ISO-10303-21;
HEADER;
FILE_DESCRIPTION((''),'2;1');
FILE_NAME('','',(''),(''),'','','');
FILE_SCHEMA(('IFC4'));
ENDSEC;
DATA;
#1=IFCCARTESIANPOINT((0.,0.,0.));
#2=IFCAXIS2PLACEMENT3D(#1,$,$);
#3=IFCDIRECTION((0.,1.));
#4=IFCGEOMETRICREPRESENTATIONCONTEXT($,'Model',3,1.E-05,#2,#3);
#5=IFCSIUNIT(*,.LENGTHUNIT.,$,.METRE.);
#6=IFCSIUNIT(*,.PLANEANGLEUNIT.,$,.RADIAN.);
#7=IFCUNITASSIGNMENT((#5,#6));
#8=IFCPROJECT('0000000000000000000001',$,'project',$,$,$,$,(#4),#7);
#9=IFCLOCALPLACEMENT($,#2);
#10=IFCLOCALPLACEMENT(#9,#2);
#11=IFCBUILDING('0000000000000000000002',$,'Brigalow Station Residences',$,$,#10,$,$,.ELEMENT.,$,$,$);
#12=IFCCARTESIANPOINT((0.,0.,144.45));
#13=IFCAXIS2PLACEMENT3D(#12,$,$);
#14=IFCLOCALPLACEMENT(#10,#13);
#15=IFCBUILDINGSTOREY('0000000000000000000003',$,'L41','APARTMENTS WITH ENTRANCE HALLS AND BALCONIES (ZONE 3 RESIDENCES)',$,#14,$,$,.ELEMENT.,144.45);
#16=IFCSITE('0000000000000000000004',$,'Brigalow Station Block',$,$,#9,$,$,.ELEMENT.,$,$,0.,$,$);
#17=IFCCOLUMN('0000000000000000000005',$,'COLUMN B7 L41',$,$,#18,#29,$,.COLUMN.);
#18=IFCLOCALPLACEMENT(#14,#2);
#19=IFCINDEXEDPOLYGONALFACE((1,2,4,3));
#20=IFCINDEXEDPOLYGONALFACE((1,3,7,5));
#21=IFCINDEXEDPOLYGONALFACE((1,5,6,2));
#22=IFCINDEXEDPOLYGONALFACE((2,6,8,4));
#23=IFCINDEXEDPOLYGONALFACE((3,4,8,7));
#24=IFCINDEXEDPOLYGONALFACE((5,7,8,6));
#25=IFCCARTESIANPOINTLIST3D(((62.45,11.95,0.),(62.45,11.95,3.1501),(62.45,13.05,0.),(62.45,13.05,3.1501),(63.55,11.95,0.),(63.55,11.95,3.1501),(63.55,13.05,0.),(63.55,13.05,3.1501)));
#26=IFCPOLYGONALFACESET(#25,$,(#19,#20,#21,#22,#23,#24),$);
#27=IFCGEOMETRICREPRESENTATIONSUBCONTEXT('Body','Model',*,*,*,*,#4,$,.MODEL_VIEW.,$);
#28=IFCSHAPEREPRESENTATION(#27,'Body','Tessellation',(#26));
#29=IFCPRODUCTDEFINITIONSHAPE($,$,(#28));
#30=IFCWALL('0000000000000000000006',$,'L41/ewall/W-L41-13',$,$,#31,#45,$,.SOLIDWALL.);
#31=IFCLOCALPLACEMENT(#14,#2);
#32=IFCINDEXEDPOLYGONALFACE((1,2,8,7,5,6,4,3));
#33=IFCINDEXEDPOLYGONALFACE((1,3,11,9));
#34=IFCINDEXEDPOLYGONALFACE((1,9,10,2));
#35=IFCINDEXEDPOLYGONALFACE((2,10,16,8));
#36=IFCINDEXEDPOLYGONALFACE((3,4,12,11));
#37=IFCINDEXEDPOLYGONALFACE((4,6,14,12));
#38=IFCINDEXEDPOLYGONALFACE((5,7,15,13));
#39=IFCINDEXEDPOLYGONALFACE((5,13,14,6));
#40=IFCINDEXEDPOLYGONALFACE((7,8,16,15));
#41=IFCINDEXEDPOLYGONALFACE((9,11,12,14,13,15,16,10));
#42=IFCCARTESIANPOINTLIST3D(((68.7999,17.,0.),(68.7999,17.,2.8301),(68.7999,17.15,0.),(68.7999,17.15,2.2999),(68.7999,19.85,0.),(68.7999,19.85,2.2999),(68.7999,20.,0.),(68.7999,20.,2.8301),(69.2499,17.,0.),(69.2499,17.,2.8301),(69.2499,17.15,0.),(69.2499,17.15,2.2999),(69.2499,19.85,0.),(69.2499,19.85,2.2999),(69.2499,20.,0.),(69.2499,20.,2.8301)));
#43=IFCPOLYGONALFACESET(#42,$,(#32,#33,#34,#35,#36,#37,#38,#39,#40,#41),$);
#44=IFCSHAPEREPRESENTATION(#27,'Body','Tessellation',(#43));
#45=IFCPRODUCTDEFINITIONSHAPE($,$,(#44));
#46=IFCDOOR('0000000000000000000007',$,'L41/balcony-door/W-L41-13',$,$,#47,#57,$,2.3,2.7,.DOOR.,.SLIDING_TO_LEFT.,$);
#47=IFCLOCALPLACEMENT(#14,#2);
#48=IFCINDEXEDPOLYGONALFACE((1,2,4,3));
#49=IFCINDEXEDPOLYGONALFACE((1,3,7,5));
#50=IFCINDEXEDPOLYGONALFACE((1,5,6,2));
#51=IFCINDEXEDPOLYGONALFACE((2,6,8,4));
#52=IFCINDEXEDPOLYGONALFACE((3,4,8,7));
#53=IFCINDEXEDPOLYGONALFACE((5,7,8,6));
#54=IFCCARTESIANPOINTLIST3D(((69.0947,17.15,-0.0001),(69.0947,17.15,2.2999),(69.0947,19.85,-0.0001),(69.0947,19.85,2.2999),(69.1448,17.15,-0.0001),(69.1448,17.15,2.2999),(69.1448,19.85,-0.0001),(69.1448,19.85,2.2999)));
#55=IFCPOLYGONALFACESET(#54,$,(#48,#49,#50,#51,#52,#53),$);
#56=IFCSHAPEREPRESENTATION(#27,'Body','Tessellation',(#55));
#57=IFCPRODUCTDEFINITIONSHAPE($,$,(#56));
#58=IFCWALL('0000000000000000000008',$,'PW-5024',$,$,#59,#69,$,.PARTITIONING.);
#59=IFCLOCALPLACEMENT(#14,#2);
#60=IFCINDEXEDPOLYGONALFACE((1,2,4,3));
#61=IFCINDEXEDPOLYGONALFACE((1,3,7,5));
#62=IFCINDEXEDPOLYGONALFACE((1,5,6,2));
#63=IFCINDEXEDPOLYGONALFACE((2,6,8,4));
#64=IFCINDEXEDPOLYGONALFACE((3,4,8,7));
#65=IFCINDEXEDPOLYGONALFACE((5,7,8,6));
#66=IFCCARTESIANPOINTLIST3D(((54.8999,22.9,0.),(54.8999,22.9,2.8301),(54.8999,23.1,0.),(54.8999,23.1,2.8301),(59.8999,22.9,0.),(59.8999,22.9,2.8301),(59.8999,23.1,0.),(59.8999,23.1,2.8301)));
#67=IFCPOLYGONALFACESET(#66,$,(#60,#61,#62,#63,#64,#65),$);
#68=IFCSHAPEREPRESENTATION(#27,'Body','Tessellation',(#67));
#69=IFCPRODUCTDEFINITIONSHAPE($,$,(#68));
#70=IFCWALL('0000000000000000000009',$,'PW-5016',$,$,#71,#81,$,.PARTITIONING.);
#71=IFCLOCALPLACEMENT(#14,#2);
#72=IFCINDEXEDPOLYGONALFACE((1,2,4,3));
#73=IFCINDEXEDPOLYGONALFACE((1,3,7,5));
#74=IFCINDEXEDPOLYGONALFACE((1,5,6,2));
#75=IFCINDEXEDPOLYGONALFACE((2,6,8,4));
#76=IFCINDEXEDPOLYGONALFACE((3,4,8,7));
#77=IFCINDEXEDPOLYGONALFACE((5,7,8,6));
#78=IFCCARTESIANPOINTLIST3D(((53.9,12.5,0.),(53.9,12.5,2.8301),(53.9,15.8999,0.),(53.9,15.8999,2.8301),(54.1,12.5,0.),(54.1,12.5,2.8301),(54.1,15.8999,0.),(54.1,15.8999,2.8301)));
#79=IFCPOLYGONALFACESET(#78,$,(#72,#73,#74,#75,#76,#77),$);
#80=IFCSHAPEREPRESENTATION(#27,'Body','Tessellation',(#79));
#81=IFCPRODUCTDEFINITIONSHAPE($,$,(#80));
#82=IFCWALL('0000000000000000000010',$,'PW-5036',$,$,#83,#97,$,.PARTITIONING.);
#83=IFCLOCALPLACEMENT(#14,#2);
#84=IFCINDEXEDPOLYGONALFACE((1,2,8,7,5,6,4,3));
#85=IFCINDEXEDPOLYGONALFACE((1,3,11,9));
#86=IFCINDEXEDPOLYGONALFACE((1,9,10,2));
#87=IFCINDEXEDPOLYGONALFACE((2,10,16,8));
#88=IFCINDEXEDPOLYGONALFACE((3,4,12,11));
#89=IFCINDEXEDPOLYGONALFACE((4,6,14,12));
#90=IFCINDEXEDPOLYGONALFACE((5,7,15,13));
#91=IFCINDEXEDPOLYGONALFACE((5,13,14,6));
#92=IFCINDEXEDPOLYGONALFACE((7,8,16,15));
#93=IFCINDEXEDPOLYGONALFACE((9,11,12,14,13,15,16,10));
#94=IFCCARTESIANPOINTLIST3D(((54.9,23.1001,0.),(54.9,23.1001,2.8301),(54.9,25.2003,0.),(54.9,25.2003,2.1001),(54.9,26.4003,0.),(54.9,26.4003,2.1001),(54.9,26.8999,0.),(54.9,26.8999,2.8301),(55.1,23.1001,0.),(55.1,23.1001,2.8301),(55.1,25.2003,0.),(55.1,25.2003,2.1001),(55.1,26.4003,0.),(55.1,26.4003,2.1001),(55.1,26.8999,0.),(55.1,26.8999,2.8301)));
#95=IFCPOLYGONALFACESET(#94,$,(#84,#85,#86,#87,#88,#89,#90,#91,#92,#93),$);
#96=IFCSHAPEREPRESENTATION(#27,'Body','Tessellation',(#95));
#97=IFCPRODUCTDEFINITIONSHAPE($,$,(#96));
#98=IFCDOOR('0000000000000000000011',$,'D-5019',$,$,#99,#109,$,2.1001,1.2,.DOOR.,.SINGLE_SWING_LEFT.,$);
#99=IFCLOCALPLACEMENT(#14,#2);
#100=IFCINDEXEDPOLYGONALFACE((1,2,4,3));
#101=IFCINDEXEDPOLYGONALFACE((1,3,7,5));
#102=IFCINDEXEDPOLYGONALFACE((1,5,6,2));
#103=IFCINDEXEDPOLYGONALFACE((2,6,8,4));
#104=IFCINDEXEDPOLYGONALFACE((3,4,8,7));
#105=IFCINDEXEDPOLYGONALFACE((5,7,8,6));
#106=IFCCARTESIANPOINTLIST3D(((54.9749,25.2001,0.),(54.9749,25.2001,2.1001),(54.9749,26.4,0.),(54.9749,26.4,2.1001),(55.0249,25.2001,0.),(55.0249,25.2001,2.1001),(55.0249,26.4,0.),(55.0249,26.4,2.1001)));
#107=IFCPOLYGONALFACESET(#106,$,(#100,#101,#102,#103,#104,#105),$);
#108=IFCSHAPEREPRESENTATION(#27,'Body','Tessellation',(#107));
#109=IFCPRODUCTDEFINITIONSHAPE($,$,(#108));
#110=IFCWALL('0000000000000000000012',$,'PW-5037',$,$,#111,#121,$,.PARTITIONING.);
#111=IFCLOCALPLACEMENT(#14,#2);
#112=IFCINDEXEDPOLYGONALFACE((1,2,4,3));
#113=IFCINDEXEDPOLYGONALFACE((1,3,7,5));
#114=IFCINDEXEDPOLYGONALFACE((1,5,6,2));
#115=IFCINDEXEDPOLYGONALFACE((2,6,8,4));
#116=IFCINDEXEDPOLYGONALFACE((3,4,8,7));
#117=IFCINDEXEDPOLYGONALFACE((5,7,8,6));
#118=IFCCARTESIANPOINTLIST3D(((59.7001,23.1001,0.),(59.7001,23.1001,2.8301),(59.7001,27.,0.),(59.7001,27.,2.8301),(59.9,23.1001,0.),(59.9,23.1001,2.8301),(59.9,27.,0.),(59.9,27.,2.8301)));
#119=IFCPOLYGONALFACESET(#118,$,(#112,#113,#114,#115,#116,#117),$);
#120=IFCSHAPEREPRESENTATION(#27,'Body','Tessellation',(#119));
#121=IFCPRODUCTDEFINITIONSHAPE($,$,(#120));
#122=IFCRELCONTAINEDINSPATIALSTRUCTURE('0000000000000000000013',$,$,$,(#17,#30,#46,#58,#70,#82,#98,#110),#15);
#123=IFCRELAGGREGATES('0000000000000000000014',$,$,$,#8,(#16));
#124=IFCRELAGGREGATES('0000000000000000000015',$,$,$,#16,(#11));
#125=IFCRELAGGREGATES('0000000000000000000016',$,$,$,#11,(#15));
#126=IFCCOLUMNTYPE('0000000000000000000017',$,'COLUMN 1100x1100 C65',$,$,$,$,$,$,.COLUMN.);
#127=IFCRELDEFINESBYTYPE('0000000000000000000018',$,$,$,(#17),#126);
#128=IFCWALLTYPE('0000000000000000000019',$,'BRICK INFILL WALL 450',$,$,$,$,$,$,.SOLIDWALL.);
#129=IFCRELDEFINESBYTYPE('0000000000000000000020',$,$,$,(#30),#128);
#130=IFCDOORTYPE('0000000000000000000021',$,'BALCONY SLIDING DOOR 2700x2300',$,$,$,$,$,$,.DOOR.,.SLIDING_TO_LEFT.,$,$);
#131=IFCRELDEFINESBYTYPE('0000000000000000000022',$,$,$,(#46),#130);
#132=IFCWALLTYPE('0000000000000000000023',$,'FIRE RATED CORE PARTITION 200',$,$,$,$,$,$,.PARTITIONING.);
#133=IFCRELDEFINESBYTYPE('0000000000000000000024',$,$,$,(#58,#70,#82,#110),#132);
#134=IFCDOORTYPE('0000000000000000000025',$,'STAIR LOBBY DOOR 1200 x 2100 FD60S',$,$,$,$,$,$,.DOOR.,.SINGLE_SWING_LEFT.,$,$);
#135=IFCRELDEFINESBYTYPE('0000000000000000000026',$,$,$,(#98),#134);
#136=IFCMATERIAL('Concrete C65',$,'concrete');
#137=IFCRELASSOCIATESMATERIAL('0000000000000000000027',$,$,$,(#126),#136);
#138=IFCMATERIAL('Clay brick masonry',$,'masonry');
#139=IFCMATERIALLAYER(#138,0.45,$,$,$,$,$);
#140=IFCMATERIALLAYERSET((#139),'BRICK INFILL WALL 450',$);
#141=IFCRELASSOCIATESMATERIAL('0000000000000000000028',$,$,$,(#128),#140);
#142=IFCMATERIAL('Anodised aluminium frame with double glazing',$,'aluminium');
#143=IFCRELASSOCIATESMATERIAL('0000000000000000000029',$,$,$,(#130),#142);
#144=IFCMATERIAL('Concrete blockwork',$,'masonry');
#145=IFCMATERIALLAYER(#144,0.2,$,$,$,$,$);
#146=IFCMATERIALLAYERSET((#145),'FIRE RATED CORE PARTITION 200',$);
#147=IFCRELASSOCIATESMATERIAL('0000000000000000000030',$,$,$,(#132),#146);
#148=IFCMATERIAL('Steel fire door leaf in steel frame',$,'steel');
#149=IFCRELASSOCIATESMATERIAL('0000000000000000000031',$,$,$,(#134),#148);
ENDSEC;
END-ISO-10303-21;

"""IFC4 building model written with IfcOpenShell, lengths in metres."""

from ifc_helpers import new_model, si_unit, direction, frame, frame_2d, origin, origin_2d, place, context, subcontext, project, spatial, rectangle, extrude, material, layer, layer_set, material_profile, profile_set, type_object, element, fill, save


model = new_model("IFC4")

# Units and contexts
model_context = context("Model", 3, precision=1e-05, world=origin(), true_north=direction((0.0, 1.0)))
body_context = subcontext(model_context, "Body", "Model", "MODEL_VIEW")
ifc_project = project(units=[si_unit("LENGTHUNIT", "METRE"), si_unit("PLANEANGLEUNIT", "RADIAN")], contexts=[model_context])

# Site, building, storey
site_placement = place(None, origin())
site = spatial("IfcSite", under=ifc_project, at=site_placement, Name="Brigalow Station Block", CompositionType="ELEMENT", RefElevation=0.0)
building_placement = place(site_placement, origin())
building = spatial("IfcBuilding", under=site, at=building_placement, Name="Brigalow Station Residences", CompositionType="ELEMENT")
storey_placement = place(building_placement, frame((0.0, 0.0, 144.45)))
storey = spatial("IfcBuildingStorey", under=building, at=storey_placement, Name="L41", Description="APARTMENTS WITH ENTRANCE HALLS AND BALCONIES (ZONE 3 RESIDENCES)", CompositionType="ELEMENT", Elevation=144.45)

# Column
ifc_material_1 = material(Name="Concrete C65", Category="concrete")
ifc_material_profile = material_profile(ifc_material_1, rectangle(XDim=1.1001, YDim=1.1001, at=origin_2d()), Name="RC1100x1100")
ifc_profile_set = profile_set([ifc_material_profile], Name="Concrete C65")
column_type = type_object("IfcColumnType", Name="COLUMN 1100x1100 C65", PredefinedType="COLUMN", material=ifc_profile_set)
column_placement = place(storey_placement, frame((63.0, 12.5, 0.0), z_axis=(0.0, 0.0, 1.0), x_axis=(1.0, 0.0, 0.0)))
element("IfcColumn", 1, at=column_placement, inside=storey, type_object=column_type, Name="COLUMN B7 L41", PredefinedType="COLUMN", context=body_context, shape_type="SweptSolid", body=[
    extrude(rectangle(XDim=1.1001, YDim=1.1001, at=origin_2d()), origin(), (0.0, 0.0, 1.0), 3.1501),
])

# Wall, opening, door
ifc_material_2 = material(Name="Clay brick masonry", Category="masonry")
ifc_layer_1 = layer(ifc_material_2, 0.45)
ifc_layer_set_1 = layer_set([ifc_layer_1], Name="BRICK INFILL WALL 450")
wall_type_1 = type_object("IfcWallType", Name="BRICK INFILL WALL 450", PredefinedType="SOLIDWALL", material=ifc_layer_set_1)
wall_1_placement = place(storey_placement, frame((69.0249, 17.0, 0.0), z_axis=(0.0, 0.0, 1.0), x_axis=(0.0, 1.0, 0.0)))
wall_1 = element("IfcWall", 2, at=wall_1_placement, inside=storey, type_object=wall_type_1, Name="L41/ewall/W-L41-13", PredefinedType="SOLIDWALL", context=body_context, shape_type="SweptSolid", body=[
    extrude(rectangle(XDim=3.0, YDim=0.45, at=frame_2d((1.5, 0.0))), origin(), (0.0, 0.0, 1.0), 2.8301),
])
opening_1_placement = place(wall_1_placement, frame((0.1499, 0.0, 0.0)))
opening_1 = element("IfcOpeningElement", 3, at=opening_1_placement, cuts=wall_1, PredefinedType="OPENING", context=body_context, shape_type="SweptSolid", body=[
    extrude(rectangle(XDim=2.7, YDim=2.3, at=frame_2d((1.3501, 1.1499))), frame((0.0, 0.2349, 0.0), z_axis=(0.0, -1.0, 0.0), x_axis=(1.0, 0.0, 0.0)), (0.0, 0.0, 1.0), 0.47),
])
ifc_material_3 = material(Name="Anodised aluminium frame with double glazing", Category="aluminium")
door_type_1 = type_object("IfcDoorType", Name="BALCONY SLIDING DOOR 2700x2300", OperationType="SLIDING_TO_LEFT", PredefinedType="DOOR", material=ifc_material_3)
door_1_placement = place(opening_1_placement, origin())
door_1 = element("IfcDoor", 4, at=door_1_placement, inside=storey, type_object=door_type_1, Name="L41/balcony-door/W-L41-13", OperationType="SLIDING_TO_LEFT", OverallHeight=2.3, OverallWidth=2.7, PredefinedType="DOOR", context=body_context, shape_type="SweptSolid", body=[
    extrude(rectangle(XDim=2.7, YDim=2.3, at=frame_2d((1.3501, 1.1499))), frame((0.0, -0.0698, 0.0), z_axis=(0.0, -1.0, 0.0), x_axis=(1.0, 0.0, 0.0)), (0.0, 0.0, 1.0), 0.05),
])
fill(opening_1, door_1)

# Walls
ifc_material_4 = material(Name="Concrete blockwork", Category="masonry")
ifc_layer_2 = layer(ifc_material_4, 0.2)
ifc_layer_set_2 = layer_set([ifc_layer_2], Name="FIRE RATED CORE PARTITION 200")
wall_type_2 = type_object("IfcWallType", Name="FIRE RATED CORE PARTITION 200", PredefinedType="PARTITIONING", material=ifc_layer_set_2)
wall_2_placement = place(storey_placement, frame((54.8999, 23.0, 0.0), z_axis=(0.0, 0.0, 1.0), x_axis=(1.0, 0.0, 0.0)))
element("IfcWall", 5, at=wall_2_placement, inside=storey, type_object=wall_type_2, Name="PW-5024", PredefinedType="PARTITIONING", context=body_context, shape_type="SweptSolid", body=[
    extrude(rectangle(XDim=5.0, YDim=0.2, at=frame_2d((2.5, 0.0))), origin(), (0.0, 0.0, 1.0), 2.8301),
])
wall_3_placement = place(storey_placement, frame((54.0, 12.5, 0.0), z_axis=(0.0, 0.0, 1.0), x_axis=(0.0, 1.0, 0.0)))
element("IfcWall", 6, at=wall_3_placement, inside=storey, type_object=wall_type_2, Name="PW-5016", PredefinedType="PARTITIONING", context=body_context, shape_type="SweptSolid", body=[
    extrude(rectangle(XDim=3.3999, YDim=0.2, at=frame_2d((1.7, 0.0))), origin(), (0.0, 0.0, 1.0), 2.8301),
])

# Wall, opening, door
wall_4_placement = place(storey_placement, frame((55.0, 23.1001, 0.0), z_axis=(0.0, 0.0, 1.0), x_axis=(0.0, 1.0, 0.0)))
wall_4 = element("IfcWall", 7, at=wall_4_placement, inside=storey, type_object=wall_type_2, Name="PW-5036", PredefinedType="PARTITIONING", context=body_context, shape_type="SweptSolid", body=[
    extrude(rectangle(XDim=3.7998, YDim=0.2, at=frame_2d((1.8999, 0.0))), origin(), (0.0, 0.0, 1.0), 2.8301),
])
opening_2_placement = place(wall_4_placement, frame((2.1001, 0.0, 0.0)))
opening_2 = element("IfcOpeningElement", 8, at=opening_2_placement, cuts=wall_4, PredefinedType="OPENING", context=body_context, shape_type="SweptSolid", body=[
    extrude(rectangle(XDim=1.2, YDim=2.1001, at=frame_2d((0.6001, 1.05))), frame((0.0, 0.1099, 0.0), z_axis=(0.0, -1.0, 0.0), x_axis=(1.0, 0.0, 0.0)), (0.0, 0.0, 1.0), 0.22),
])
ifc_material_5 = material(Name="Steel fire door leaf in steel frame", Category="steel")
door_type_2 = type_object("IfcDoorType", Name="STAIR LOBBY DOOR 1200 x 2100 FD60S", OperationType="SINGLE_SWING_LEFT", PredefinedType="DOOR", material=ifc_material_5)
door_2_placement = place(opening_2_placement, frame((1.2, 0.0, 0.0), z_axis=(0.0, 0.0, 1.0), x_axis=(-1.0, 0.0, 0.0)))
door_2 = element("IfcDoor", 9, at=door_2_placement, inside=storey, type_object=door_type_2, Name="D-5019", OperationType="SINGLE_SWING_LEFT", OverallHeight=2.1001, OverallWidth=1.2, PredefinedType="DOOR", context=body_context, shape_type="SweptSolid", body=[
    extrude(rectangle(XDim=1.2, YDim=2.1001, at=frame_2d((0.6001, 1.05))), frame((0.0, 0.0249, 0.0), z_axis=(0.0, -1.0, 0.0), x_axis=(1.0, 0.0, 0.0)), (0.0, 0.0, 1.0), 0.05),
])
fill(opening_2, door_2)

# Wall
wall_5_placement = place(storey_placement, frame((59.8, 23.1001, 0.0), z_axis=(0.0, 0.0, 1.0), x_axis=(0.0, 1.0, 0.0)))
element("IfcWall", 10, at=wall_5_placement, inside=storey, type_object=wall_type_2, Name="PW-5037", PredefinedType="PARTITIONING", context=body_context, shape_type="SweptSolid", body=[
    extrude(rectangle(XDim=3.8999, YDim=0.2, at=frame_2d((1.95, 0.0))), origin(), (0.0, 0.0, 1.0), 2.8301),
])

save(model, "model.ifc")
